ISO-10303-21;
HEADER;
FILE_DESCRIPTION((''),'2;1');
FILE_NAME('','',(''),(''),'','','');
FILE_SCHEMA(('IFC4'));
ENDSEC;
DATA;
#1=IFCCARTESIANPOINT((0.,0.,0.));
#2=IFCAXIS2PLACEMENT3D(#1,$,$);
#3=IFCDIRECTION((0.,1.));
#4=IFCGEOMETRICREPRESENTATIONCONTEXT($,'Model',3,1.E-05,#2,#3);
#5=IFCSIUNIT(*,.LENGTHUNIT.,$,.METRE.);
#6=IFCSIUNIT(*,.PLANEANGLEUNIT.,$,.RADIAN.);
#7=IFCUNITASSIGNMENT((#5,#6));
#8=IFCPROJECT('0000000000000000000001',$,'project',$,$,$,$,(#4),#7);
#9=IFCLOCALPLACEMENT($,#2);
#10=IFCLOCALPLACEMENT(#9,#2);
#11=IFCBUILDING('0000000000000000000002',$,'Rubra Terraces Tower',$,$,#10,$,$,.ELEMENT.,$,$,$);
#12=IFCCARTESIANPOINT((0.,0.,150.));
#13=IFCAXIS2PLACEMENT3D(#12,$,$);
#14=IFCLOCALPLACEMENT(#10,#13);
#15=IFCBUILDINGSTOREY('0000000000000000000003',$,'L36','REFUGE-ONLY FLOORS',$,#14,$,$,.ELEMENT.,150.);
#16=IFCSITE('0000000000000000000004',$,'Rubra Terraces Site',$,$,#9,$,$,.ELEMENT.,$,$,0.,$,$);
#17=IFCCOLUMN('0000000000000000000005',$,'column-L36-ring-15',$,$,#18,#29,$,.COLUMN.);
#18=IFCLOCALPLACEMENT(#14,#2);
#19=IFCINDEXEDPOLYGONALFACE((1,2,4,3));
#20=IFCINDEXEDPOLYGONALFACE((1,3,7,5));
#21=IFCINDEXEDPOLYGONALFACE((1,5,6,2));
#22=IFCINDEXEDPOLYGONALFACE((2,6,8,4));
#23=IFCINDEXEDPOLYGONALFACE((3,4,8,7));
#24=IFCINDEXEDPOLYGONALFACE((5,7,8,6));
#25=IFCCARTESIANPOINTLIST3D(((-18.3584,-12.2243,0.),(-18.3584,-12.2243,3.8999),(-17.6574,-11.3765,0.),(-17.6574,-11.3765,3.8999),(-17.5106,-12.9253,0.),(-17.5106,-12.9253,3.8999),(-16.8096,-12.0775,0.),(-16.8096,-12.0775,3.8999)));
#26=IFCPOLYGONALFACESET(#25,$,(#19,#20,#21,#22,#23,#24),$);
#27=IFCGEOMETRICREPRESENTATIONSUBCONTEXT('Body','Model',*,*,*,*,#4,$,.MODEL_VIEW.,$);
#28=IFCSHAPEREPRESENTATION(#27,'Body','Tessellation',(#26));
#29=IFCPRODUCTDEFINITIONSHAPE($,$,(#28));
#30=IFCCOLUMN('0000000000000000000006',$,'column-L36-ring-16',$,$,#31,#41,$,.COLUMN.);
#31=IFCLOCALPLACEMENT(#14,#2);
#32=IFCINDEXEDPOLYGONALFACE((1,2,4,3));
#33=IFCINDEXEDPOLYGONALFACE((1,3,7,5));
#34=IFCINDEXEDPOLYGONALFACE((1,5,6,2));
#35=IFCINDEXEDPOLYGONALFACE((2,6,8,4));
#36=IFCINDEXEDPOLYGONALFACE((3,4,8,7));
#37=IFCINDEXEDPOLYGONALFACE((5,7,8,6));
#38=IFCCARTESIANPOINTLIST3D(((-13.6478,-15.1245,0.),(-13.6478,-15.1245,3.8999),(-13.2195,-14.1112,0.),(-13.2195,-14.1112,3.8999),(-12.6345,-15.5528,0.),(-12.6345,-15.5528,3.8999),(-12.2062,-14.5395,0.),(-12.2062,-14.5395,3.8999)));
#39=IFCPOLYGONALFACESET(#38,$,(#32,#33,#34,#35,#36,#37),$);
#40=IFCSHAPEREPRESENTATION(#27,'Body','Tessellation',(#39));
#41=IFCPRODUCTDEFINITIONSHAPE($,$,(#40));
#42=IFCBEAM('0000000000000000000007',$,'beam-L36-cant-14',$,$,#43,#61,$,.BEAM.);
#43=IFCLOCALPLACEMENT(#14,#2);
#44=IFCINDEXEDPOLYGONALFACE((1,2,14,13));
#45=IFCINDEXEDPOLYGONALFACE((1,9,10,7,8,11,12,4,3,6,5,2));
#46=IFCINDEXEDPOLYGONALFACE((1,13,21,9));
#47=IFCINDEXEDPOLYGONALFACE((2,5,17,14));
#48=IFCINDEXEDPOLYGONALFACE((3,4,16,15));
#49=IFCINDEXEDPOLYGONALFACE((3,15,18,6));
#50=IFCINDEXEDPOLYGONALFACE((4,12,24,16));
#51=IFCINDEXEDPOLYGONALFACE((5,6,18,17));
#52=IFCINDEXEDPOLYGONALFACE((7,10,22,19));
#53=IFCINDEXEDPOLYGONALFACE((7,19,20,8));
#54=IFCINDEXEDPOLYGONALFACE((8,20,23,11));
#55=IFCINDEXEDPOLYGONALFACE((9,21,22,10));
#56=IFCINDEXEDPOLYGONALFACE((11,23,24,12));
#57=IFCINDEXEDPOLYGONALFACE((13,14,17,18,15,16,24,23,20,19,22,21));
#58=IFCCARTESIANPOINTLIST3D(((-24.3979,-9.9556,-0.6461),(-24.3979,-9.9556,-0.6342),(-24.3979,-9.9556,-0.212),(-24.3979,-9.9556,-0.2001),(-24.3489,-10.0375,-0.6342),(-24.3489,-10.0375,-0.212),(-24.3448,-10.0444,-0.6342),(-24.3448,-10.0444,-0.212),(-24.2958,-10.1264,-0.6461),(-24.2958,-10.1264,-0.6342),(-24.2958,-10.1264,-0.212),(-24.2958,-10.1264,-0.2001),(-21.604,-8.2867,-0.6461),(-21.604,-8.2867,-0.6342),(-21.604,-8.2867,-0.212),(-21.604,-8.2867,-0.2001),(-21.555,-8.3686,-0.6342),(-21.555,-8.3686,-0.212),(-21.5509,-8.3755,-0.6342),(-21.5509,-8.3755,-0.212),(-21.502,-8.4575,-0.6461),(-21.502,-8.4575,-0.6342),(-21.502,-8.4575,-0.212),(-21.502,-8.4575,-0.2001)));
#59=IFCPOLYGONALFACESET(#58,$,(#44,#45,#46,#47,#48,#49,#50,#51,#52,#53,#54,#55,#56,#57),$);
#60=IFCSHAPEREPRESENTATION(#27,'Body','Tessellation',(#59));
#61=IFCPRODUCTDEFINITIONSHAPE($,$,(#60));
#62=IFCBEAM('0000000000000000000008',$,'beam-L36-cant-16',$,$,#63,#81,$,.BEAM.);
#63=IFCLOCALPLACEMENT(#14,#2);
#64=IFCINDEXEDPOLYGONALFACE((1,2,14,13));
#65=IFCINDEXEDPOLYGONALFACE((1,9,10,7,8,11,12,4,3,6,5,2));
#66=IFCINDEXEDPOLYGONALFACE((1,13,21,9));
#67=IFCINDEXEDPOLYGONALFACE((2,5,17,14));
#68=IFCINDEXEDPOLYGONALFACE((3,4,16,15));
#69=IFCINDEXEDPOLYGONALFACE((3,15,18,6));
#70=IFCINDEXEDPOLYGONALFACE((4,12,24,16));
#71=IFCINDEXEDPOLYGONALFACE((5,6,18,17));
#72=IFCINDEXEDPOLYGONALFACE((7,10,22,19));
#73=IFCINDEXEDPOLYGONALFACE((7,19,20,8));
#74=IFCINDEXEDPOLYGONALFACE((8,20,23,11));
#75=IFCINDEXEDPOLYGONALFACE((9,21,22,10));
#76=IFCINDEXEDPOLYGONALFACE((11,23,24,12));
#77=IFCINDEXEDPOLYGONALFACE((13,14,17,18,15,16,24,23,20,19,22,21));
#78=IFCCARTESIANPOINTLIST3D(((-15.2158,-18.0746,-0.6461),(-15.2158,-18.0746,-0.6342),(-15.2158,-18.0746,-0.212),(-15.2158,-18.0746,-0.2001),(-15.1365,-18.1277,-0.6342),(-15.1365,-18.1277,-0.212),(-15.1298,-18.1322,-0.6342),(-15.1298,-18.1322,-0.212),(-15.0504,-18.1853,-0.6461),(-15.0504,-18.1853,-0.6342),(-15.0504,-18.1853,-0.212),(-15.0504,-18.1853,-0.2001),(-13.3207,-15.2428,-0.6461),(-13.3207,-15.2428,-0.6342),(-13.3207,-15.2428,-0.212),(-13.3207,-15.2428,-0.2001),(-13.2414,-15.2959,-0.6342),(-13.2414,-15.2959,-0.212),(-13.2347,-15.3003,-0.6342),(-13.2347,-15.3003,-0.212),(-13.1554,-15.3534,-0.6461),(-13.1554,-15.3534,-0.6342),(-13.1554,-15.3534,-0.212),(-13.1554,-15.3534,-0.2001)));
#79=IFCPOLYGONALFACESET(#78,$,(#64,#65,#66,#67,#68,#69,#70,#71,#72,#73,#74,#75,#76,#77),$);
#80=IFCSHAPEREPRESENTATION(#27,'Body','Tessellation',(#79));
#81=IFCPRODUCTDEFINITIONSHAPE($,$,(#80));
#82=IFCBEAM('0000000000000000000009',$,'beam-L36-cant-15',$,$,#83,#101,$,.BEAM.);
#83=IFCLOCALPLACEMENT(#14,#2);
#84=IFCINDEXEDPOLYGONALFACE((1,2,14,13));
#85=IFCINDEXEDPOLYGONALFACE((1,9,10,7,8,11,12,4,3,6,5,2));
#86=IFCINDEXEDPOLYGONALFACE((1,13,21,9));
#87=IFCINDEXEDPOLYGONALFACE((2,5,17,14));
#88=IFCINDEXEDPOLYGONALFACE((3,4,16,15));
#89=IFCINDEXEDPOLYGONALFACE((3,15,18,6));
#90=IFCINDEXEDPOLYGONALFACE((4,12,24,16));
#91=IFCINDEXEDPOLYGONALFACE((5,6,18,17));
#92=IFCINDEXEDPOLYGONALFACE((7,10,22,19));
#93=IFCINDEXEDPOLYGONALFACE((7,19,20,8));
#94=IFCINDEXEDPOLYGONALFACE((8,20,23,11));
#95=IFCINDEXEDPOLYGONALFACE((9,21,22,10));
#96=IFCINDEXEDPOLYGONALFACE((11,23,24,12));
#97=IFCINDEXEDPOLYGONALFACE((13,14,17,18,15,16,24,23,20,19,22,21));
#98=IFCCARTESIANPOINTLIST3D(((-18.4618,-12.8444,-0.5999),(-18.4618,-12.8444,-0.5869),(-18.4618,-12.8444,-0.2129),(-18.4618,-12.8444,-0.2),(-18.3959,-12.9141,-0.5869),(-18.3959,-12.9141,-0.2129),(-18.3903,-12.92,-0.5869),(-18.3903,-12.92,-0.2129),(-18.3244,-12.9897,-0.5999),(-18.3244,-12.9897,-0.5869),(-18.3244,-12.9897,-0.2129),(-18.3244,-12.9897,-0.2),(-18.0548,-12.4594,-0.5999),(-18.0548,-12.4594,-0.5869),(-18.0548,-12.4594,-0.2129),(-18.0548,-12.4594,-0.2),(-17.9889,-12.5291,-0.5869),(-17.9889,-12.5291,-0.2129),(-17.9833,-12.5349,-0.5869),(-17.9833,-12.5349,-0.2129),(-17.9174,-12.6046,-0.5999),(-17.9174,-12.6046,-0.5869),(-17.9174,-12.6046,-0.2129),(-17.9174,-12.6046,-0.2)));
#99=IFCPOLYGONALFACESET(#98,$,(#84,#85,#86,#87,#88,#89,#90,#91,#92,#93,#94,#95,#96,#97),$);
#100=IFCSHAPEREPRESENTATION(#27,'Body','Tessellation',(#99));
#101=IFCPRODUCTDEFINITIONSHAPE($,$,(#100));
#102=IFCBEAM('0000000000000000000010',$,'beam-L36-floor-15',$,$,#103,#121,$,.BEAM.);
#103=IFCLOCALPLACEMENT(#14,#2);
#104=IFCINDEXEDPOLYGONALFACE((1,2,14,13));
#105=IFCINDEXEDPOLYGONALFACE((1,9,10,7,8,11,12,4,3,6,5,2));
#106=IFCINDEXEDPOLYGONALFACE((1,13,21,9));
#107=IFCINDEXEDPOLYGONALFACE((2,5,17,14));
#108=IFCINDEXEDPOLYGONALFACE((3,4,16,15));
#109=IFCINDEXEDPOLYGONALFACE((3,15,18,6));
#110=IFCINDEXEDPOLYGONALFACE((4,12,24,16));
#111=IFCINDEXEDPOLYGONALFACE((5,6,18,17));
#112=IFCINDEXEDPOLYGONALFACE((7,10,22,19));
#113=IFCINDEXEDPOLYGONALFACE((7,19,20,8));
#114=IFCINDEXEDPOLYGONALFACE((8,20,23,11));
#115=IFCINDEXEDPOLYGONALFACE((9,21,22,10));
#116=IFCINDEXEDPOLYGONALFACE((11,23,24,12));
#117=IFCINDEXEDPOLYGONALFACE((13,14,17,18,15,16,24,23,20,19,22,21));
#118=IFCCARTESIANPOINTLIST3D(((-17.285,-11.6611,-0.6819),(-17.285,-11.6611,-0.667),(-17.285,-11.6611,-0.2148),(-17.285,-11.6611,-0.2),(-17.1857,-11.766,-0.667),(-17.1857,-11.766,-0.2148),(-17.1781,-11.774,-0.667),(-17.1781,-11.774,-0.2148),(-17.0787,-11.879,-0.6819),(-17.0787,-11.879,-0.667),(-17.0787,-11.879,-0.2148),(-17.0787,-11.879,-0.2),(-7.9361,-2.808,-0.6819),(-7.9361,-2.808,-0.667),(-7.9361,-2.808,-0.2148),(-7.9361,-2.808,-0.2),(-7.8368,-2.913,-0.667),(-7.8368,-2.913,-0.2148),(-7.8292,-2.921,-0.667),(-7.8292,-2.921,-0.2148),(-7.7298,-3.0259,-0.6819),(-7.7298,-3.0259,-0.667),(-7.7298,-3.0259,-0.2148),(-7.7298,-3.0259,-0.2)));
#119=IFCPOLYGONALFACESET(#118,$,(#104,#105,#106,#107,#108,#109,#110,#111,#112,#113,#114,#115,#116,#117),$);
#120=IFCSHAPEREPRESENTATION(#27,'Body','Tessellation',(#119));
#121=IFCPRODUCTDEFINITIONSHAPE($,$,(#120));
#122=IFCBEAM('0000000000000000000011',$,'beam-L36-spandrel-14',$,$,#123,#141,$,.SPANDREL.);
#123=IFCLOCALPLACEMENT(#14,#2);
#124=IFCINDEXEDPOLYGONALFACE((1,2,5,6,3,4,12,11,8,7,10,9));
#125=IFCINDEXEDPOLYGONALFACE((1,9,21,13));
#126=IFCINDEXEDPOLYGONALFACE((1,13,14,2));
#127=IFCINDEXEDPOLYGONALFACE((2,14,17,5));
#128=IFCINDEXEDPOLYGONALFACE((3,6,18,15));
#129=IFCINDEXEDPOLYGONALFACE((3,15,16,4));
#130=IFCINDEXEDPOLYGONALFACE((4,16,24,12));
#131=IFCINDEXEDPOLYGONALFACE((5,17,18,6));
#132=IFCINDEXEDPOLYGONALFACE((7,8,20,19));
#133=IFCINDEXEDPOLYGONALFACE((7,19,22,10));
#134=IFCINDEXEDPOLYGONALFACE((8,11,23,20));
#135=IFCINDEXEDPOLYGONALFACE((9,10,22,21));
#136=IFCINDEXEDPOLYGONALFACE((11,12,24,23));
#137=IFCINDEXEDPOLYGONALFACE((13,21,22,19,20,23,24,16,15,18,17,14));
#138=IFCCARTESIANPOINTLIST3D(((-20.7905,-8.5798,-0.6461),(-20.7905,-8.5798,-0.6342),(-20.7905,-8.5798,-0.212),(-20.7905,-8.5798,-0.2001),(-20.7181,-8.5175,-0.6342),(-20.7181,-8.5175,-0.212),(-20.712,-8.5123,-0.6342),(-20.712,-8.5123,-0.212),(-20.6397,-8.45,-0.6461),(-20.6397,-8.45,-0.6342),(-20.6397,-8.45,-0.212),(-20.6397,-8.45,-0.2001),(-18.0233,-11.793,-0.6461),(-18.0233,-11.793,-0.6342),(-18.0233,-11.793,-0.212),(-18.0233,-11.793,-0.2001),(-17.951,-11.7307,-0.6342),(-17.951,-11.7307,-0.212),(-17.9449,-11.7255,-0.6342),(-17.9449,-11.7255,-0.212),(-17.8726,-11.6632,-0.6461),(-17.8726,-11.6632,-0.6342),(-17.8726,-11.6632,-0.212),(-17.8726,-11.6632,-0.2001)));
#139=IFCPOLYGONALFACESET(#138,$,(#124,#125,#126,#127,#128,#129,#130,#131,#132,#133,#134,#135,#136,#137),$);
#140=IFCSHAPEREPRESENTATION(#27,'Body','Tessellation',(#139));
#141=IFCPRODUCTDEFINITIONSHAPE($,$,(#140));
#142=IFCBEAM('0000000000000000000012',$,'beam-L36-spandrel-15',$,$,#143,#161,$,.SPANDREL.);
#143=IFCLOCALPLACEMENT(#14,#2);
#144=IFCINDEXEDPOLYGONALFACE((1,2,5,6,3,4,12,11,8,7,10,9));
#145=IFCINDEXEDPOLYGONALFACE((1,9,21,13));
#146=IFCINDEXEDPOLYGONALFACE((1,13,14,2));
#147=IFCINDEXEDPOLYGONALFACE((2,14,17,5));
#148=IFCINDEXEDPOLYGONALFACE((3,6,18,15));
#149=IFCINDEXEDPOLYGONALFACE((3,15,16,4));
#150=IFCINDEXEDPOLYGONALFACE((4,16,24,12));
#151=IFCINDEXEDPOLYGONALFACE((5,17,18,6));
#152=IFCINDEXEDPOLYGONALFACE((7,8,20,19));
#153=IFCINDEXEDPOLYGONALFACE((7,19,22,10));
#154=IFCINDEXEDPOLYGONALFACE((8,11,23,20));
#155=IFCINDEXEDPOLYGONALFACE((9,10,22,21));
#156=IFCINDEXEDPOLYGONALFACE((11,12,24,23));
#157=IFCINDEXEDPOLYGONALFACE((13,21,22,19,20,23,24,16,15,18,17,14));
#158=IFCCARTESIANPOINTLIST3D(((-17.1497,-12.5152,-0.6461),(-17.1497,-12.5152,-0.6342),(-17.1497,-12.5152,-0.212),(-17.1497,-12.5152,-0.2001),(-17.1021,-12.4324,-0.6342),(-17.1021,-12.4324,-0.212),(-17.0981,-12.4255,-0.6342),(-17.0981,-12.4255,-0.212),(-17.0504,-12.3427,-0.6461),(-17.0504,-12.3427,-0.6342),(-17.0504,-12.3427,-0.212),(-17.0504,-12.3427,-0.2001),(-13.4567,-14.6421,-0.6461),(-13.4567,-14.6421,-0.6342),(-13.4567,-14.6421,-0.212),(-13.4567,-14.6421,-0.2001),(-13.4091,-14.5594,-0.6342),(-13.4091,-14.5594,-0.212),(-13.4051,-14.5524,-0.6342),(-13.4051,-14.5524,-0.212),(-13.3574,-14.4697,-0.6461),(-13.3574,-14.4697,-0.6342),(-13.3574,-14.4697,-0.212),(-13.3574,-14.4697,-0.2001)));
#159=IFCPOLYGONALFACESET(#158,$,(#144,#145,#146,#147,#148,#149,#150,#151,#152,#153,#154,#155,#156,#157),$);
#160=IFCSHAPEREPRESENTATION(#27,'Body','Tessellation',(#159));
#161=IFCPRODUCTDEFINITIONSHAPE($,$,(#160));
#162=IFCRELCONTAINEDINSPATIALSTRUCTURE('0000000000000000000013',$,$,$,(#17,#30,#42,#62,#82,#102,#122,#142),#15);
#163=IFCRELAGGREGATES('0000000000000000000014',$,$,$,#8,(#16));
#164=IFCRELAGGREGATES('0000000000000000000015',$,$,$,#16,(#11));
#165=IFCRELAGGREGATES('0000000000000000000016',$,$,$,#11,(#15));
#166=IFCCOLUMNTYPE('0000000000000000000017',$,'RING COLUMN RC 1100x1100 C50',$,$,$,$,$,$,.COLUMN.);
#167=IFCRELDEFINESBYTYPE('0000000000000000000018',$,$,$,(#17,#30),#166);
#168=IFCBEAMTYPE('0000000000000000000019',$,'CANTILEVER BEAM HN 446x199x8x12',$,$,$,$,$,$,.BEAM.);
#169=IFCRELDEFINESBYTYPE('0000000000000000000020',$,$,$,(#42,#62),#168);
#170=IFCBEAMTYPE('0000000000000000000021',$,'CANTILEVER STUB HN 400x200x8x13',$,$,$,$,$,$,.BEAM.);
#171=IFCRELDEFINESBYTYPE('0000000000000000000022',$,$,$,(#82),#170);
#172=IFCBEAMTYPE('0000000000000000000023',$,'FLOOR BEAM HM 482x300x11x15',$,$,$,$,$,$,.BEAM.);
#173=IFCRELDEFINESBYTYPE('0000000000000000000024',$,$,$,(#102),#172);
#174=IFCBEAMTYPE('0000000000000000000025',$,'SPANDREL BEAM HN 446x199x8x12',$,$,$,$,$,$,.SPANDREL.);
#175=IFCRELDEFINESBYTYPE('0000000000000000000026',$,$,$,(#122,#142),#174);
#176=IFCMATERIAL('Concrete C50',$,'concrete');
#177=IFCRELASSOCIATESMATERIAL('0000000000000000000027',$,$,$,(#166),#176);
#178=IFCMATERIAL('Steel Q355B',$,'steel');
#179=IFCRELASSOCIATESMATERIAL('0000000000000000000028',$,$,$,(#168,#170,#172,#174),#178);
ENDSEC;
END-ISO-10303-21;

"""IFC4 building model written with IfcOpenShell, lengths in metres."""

from ifc_helpers import new_model, si_unit, direction, frame, origin, origin_2d, place, context, subcontext, project, spatial, rectangle, i_section, extrude, material, material_profile, profile_set, type_object, element, save


model = new_model("IFC4")

# Units and contexts
model_context = context("Model", 3, precision=1e-05, world=origin(), true_north=direction((0.0, 1.0)))
body_context = subcontext(model_context, "Body", "Model", "MODEL_VIEW")
ifc_project = project(units=[si_unit("LENGTHUNIT", "METRE"), si_unit("PLANEANGLEUNIT", "RADIAN")], contexts=[model_context])

# Site, building, storey
site_placement = place(None, origin())
site = spatial("IfcSite", under=ifc_project, at=site_placement, Name="Rubra Terraces Site", CompositionType="ELEMENT", RefElevation=0.0)
building_placement = place(site_placement, origin())
building = spatial("IfcBuilding", under=site, at=building_placement, Name="Rubra Terraces Tower", CompositionType="ELEMENT")
storey_placement = place(building_placement, frame((0.0, 0.0, 150.0)))
storey = spatial("IfcBuildingStorey", under=building, at=storey_placement, Name="L36", Description="REFUGE-ONLY FLOORS", CompositionType="ELEMENT", Elevation=150.0)

# Columns
ifc_material_1 = material(Name="Concrete C50", Category="concrete")
ifc_material_profile_1 = material_profile(ifc_material_1, rectangle(XDim=1.1001, YDim=1.1001, at=origin_2d()), Name="RC 1100x1100")
ifc_profile_set_1 = profile_set([ifc_material_profile_1], Name="Concrete C50")
column_type = type_object("IfcColumnType", Name="RING COLUMN RC 1100x1100 C50", PredefinedType="COLUMN", material=ifc_profile_set_1)
for number, where, z_axis, x_axis, name in (
    (1, (-17.584, -12.1509, 0.0), (0.0, 0.0, 1.0), (0.770679, -0.637223, 0.0), "column-L36-ring-15"),
    (2, (-12.927, -14.832, 0.0), (0.0, 0.0, 1.0), (0.921106, -0.389313, 0.0), "column-L36-ring-16"),
):
    element("IfcColumn", number, at=place(storey_placement, frame(where, z_axis=z_axis, x_axis=x_axis)), inside=storey, type_object=column_type, Name=name, PredefinedType="COLUMN", context=body_context, shape_type="SweptSolid", body=[
        extrude(rectangle(XDim=1.1001, YDim=1.1001, at=origin_2d()), origin(), (0.0, 0.0, 1.0), 3.8999),
    ])

# Beams
ifc_material_2 = material(Name="Steel Q355B", Category="steel")
ifc_material_profile_2 = material_profile(ifc_material_2, i_section(OverallWidth=0.199, OverallDepth=0.446, WebThickness=0.0081, FlangeThickness=0.012, at=origin_2d()), Name="HN 446x199x8x12")
ifc_profile_set_2 = profile_set([ifc_material_profile_2], Name="Steel Q355B")
beam_type_1 = type_object("IfcBeamType", Name="CANTILEVER BEAM HN 446x199x8x12", PredefinedType="BEAM", material=ifc_profile_set_2)
beam_1_placement = place(storey_placement, frame((-21.553, -8.3721, -0.4231), z_axis=(-0.858497, -0.512818, 0.0), x_axis=(0.512818, -0.858497, 0.0)))
element("IfcBeam", 3, at=beam_1_placement, inside=storey, type_object=beam_type_1, Name="beam-L36-cant-14", PredefinedType="BEAM", context=body_context, shape_type="SweptSolid", body=[
    extrude(i_section(OverallWidth=0.199, OverallDepth=0.446, WebThickness=0.0081, FlangeThickness=0.012, at=origin_2d()), origin(), (0.0, 0.0, 1.0), 3.2544),
])
beam_2_placement = place(storey_placement, frame((-13.238, -15.2981, -0.4231), z_axis=(-0.556154, -0.831079, 0.0), x_axis=(0.831079, -0.556154, 0.0)))
element("IfcBeam", 4, at=beam_2_placement, inside=storey, type_object=beam_type_1, Name="beam-L36-cant-16", PredefinedType="BEAM", context=body_context, shape_type="SweptSolid", body=[
    extrude(i_section(OverallWidth=0.199, OverallDepth=0.446, WebThickness=0.0081, FlangeThickness=0.012, at=origin_2d()), origin(), (0.0, 0.0, 1.0), 3.4075),
])
ifc_material_profile_3 = material_profile(ifc_material_2, i_section(OverallWidth=0.2, OverallDepth=0.3999, WebThickness=0.0081, FlangeThickness=0.0129, at=origin_2d()), Name="HN 400x200x8x13")
ifc_profile_set_3 = profile_set([ifc_material_profile_3], Name="Steel Q355B")
beam_type_2 = type_object("IfcBeamType", Name="CANTILEVER STUB HN 400x200x8x13", PredefinedType="BEAM", material=ifc_profile_set_3)
beam_3_placement = place(storey_placement, frame((-17.9861, -12.532, -0.3999), z_axis=(-0.726445, -0.687225, 0.0), x_axis=(0.687225, -0.726445, 0.0)))
element("IfcBeam", 5, at=beam_3_placement, inside=storey, type_object=beam_type_2, Name="beam-L36-cant-15", PredefinedType="BEAM", context=body_context, shape_type="SweptSolid", body=[
    extrude(i_section(OverallWidth=0.2, OverallDepth=0.3999, WebThickness=0.0081, FlangeThickness=0.0129, at=origin_2d()), origin(), (0.0, 0.0, 1.0), 0.5603),
])
ifc_material_profile_4 = material_profile(ifc_material_2, i_section(OverallWidth=0.3, OverallDepth=0.4819, WebThickness=0.011, FlangeThickness=0.0149, at=origin_2d()), Name="HM 482x300x11x15")
ifc_profile_set_4 = profile_set([ifc_material_profile_4], Name="Steel Q355B")
beam_type_3 = type_object("IfcBeamType", Name="FLOOR BEAM HM 482x300x11x15", PredefinedType="BEAM", material=ifc_profile_set_4)
beam_4_placement = place(storey_placement, frame((-17.1819, -11.77, -0.4409), z_axis=(0.7261, 0.687589, 0.0), x_axis=(-0.687589, 0.7261, 0.0)))
element("IfcBeam", 6, at=beam_4_placement, inside=storey, type_object=beam_type_3, Name="beam-L36-floor-15", PredefinedType="BEAM", context=body_context, shape_type="SweptSolid", body=[
    extrude(i_section(OverallWidth=0.3, OverallDepth=0.4819, WebThickness=0.011, FlangeThickness=0.0149, at=origin_2d()), origin(), (0.0, 0.0, 1.0), 12.8755),
])
ifc_material_profile_5 = material_profile(ifc_material_2, i_section(OverallWidth=0.199, OverallDepth=0.446, WebThickness=0.0081, FlangeThickness=0.012, at=origin_2d()), Name="HN 446x199x8x12")
ifc_profile_set_5 = profile_set([ifc_material_profile_5], Name="Steel Q355B")
beam_type_4 = type_object("IfcBeamType", Name="SPANDREL BEAM HN 446x199x8x12", PredefinedType="SPANDREL", material=ifc_profile_set_5)
beam_5_placement = place(storey_placement, frame((-20.7151, -8.5149, -0.4231), z_axis=(0.652553, -0.757743, 0.0), x_axis=(0.757743, 0.652553, 0.0)))
element("IfcBeam", 7, at=beam_5_placement, inside=storey, type_object=beam_type_4, Name="beam-L36-spandrel-14", PredefinedType="SPANDREL", context=body_context, shape_type="SweptSolid", body=[
    extrude(i_section(OverallWidth=0.199, OverallDepth=0.446, WebThickness=0.0081, FlangeThickness=0.012, at=origin_2d()), origin(), (0.0, 0.0, 1.0), 4.2405),
])
beam_6_placement = place(storey_placement, frame((-17.1001, -12.429, -0.4231), z_axis=(0.86656, -0.499073, 0.0), x_axis=(0.499073, 0.86656, 0.0)))
element("IfcBeam", 8, at=beam_6_placement, inside=storey, type_object=beam_type_4, Name="beam-L36-spandrel-15", PredefinedType="SPANDREL", context=body_context, shape_type="SweptSolid", body=[
    extrude(i_section(OverallWidth=0.199, OverallDepth=0.446, WebThickness=0.0081, FlangeThickness=0.012, at=origin_2d()), origin(), (0.0, 0.0, 1.0), 4.2617),
])

save(model, "model.ifc")
